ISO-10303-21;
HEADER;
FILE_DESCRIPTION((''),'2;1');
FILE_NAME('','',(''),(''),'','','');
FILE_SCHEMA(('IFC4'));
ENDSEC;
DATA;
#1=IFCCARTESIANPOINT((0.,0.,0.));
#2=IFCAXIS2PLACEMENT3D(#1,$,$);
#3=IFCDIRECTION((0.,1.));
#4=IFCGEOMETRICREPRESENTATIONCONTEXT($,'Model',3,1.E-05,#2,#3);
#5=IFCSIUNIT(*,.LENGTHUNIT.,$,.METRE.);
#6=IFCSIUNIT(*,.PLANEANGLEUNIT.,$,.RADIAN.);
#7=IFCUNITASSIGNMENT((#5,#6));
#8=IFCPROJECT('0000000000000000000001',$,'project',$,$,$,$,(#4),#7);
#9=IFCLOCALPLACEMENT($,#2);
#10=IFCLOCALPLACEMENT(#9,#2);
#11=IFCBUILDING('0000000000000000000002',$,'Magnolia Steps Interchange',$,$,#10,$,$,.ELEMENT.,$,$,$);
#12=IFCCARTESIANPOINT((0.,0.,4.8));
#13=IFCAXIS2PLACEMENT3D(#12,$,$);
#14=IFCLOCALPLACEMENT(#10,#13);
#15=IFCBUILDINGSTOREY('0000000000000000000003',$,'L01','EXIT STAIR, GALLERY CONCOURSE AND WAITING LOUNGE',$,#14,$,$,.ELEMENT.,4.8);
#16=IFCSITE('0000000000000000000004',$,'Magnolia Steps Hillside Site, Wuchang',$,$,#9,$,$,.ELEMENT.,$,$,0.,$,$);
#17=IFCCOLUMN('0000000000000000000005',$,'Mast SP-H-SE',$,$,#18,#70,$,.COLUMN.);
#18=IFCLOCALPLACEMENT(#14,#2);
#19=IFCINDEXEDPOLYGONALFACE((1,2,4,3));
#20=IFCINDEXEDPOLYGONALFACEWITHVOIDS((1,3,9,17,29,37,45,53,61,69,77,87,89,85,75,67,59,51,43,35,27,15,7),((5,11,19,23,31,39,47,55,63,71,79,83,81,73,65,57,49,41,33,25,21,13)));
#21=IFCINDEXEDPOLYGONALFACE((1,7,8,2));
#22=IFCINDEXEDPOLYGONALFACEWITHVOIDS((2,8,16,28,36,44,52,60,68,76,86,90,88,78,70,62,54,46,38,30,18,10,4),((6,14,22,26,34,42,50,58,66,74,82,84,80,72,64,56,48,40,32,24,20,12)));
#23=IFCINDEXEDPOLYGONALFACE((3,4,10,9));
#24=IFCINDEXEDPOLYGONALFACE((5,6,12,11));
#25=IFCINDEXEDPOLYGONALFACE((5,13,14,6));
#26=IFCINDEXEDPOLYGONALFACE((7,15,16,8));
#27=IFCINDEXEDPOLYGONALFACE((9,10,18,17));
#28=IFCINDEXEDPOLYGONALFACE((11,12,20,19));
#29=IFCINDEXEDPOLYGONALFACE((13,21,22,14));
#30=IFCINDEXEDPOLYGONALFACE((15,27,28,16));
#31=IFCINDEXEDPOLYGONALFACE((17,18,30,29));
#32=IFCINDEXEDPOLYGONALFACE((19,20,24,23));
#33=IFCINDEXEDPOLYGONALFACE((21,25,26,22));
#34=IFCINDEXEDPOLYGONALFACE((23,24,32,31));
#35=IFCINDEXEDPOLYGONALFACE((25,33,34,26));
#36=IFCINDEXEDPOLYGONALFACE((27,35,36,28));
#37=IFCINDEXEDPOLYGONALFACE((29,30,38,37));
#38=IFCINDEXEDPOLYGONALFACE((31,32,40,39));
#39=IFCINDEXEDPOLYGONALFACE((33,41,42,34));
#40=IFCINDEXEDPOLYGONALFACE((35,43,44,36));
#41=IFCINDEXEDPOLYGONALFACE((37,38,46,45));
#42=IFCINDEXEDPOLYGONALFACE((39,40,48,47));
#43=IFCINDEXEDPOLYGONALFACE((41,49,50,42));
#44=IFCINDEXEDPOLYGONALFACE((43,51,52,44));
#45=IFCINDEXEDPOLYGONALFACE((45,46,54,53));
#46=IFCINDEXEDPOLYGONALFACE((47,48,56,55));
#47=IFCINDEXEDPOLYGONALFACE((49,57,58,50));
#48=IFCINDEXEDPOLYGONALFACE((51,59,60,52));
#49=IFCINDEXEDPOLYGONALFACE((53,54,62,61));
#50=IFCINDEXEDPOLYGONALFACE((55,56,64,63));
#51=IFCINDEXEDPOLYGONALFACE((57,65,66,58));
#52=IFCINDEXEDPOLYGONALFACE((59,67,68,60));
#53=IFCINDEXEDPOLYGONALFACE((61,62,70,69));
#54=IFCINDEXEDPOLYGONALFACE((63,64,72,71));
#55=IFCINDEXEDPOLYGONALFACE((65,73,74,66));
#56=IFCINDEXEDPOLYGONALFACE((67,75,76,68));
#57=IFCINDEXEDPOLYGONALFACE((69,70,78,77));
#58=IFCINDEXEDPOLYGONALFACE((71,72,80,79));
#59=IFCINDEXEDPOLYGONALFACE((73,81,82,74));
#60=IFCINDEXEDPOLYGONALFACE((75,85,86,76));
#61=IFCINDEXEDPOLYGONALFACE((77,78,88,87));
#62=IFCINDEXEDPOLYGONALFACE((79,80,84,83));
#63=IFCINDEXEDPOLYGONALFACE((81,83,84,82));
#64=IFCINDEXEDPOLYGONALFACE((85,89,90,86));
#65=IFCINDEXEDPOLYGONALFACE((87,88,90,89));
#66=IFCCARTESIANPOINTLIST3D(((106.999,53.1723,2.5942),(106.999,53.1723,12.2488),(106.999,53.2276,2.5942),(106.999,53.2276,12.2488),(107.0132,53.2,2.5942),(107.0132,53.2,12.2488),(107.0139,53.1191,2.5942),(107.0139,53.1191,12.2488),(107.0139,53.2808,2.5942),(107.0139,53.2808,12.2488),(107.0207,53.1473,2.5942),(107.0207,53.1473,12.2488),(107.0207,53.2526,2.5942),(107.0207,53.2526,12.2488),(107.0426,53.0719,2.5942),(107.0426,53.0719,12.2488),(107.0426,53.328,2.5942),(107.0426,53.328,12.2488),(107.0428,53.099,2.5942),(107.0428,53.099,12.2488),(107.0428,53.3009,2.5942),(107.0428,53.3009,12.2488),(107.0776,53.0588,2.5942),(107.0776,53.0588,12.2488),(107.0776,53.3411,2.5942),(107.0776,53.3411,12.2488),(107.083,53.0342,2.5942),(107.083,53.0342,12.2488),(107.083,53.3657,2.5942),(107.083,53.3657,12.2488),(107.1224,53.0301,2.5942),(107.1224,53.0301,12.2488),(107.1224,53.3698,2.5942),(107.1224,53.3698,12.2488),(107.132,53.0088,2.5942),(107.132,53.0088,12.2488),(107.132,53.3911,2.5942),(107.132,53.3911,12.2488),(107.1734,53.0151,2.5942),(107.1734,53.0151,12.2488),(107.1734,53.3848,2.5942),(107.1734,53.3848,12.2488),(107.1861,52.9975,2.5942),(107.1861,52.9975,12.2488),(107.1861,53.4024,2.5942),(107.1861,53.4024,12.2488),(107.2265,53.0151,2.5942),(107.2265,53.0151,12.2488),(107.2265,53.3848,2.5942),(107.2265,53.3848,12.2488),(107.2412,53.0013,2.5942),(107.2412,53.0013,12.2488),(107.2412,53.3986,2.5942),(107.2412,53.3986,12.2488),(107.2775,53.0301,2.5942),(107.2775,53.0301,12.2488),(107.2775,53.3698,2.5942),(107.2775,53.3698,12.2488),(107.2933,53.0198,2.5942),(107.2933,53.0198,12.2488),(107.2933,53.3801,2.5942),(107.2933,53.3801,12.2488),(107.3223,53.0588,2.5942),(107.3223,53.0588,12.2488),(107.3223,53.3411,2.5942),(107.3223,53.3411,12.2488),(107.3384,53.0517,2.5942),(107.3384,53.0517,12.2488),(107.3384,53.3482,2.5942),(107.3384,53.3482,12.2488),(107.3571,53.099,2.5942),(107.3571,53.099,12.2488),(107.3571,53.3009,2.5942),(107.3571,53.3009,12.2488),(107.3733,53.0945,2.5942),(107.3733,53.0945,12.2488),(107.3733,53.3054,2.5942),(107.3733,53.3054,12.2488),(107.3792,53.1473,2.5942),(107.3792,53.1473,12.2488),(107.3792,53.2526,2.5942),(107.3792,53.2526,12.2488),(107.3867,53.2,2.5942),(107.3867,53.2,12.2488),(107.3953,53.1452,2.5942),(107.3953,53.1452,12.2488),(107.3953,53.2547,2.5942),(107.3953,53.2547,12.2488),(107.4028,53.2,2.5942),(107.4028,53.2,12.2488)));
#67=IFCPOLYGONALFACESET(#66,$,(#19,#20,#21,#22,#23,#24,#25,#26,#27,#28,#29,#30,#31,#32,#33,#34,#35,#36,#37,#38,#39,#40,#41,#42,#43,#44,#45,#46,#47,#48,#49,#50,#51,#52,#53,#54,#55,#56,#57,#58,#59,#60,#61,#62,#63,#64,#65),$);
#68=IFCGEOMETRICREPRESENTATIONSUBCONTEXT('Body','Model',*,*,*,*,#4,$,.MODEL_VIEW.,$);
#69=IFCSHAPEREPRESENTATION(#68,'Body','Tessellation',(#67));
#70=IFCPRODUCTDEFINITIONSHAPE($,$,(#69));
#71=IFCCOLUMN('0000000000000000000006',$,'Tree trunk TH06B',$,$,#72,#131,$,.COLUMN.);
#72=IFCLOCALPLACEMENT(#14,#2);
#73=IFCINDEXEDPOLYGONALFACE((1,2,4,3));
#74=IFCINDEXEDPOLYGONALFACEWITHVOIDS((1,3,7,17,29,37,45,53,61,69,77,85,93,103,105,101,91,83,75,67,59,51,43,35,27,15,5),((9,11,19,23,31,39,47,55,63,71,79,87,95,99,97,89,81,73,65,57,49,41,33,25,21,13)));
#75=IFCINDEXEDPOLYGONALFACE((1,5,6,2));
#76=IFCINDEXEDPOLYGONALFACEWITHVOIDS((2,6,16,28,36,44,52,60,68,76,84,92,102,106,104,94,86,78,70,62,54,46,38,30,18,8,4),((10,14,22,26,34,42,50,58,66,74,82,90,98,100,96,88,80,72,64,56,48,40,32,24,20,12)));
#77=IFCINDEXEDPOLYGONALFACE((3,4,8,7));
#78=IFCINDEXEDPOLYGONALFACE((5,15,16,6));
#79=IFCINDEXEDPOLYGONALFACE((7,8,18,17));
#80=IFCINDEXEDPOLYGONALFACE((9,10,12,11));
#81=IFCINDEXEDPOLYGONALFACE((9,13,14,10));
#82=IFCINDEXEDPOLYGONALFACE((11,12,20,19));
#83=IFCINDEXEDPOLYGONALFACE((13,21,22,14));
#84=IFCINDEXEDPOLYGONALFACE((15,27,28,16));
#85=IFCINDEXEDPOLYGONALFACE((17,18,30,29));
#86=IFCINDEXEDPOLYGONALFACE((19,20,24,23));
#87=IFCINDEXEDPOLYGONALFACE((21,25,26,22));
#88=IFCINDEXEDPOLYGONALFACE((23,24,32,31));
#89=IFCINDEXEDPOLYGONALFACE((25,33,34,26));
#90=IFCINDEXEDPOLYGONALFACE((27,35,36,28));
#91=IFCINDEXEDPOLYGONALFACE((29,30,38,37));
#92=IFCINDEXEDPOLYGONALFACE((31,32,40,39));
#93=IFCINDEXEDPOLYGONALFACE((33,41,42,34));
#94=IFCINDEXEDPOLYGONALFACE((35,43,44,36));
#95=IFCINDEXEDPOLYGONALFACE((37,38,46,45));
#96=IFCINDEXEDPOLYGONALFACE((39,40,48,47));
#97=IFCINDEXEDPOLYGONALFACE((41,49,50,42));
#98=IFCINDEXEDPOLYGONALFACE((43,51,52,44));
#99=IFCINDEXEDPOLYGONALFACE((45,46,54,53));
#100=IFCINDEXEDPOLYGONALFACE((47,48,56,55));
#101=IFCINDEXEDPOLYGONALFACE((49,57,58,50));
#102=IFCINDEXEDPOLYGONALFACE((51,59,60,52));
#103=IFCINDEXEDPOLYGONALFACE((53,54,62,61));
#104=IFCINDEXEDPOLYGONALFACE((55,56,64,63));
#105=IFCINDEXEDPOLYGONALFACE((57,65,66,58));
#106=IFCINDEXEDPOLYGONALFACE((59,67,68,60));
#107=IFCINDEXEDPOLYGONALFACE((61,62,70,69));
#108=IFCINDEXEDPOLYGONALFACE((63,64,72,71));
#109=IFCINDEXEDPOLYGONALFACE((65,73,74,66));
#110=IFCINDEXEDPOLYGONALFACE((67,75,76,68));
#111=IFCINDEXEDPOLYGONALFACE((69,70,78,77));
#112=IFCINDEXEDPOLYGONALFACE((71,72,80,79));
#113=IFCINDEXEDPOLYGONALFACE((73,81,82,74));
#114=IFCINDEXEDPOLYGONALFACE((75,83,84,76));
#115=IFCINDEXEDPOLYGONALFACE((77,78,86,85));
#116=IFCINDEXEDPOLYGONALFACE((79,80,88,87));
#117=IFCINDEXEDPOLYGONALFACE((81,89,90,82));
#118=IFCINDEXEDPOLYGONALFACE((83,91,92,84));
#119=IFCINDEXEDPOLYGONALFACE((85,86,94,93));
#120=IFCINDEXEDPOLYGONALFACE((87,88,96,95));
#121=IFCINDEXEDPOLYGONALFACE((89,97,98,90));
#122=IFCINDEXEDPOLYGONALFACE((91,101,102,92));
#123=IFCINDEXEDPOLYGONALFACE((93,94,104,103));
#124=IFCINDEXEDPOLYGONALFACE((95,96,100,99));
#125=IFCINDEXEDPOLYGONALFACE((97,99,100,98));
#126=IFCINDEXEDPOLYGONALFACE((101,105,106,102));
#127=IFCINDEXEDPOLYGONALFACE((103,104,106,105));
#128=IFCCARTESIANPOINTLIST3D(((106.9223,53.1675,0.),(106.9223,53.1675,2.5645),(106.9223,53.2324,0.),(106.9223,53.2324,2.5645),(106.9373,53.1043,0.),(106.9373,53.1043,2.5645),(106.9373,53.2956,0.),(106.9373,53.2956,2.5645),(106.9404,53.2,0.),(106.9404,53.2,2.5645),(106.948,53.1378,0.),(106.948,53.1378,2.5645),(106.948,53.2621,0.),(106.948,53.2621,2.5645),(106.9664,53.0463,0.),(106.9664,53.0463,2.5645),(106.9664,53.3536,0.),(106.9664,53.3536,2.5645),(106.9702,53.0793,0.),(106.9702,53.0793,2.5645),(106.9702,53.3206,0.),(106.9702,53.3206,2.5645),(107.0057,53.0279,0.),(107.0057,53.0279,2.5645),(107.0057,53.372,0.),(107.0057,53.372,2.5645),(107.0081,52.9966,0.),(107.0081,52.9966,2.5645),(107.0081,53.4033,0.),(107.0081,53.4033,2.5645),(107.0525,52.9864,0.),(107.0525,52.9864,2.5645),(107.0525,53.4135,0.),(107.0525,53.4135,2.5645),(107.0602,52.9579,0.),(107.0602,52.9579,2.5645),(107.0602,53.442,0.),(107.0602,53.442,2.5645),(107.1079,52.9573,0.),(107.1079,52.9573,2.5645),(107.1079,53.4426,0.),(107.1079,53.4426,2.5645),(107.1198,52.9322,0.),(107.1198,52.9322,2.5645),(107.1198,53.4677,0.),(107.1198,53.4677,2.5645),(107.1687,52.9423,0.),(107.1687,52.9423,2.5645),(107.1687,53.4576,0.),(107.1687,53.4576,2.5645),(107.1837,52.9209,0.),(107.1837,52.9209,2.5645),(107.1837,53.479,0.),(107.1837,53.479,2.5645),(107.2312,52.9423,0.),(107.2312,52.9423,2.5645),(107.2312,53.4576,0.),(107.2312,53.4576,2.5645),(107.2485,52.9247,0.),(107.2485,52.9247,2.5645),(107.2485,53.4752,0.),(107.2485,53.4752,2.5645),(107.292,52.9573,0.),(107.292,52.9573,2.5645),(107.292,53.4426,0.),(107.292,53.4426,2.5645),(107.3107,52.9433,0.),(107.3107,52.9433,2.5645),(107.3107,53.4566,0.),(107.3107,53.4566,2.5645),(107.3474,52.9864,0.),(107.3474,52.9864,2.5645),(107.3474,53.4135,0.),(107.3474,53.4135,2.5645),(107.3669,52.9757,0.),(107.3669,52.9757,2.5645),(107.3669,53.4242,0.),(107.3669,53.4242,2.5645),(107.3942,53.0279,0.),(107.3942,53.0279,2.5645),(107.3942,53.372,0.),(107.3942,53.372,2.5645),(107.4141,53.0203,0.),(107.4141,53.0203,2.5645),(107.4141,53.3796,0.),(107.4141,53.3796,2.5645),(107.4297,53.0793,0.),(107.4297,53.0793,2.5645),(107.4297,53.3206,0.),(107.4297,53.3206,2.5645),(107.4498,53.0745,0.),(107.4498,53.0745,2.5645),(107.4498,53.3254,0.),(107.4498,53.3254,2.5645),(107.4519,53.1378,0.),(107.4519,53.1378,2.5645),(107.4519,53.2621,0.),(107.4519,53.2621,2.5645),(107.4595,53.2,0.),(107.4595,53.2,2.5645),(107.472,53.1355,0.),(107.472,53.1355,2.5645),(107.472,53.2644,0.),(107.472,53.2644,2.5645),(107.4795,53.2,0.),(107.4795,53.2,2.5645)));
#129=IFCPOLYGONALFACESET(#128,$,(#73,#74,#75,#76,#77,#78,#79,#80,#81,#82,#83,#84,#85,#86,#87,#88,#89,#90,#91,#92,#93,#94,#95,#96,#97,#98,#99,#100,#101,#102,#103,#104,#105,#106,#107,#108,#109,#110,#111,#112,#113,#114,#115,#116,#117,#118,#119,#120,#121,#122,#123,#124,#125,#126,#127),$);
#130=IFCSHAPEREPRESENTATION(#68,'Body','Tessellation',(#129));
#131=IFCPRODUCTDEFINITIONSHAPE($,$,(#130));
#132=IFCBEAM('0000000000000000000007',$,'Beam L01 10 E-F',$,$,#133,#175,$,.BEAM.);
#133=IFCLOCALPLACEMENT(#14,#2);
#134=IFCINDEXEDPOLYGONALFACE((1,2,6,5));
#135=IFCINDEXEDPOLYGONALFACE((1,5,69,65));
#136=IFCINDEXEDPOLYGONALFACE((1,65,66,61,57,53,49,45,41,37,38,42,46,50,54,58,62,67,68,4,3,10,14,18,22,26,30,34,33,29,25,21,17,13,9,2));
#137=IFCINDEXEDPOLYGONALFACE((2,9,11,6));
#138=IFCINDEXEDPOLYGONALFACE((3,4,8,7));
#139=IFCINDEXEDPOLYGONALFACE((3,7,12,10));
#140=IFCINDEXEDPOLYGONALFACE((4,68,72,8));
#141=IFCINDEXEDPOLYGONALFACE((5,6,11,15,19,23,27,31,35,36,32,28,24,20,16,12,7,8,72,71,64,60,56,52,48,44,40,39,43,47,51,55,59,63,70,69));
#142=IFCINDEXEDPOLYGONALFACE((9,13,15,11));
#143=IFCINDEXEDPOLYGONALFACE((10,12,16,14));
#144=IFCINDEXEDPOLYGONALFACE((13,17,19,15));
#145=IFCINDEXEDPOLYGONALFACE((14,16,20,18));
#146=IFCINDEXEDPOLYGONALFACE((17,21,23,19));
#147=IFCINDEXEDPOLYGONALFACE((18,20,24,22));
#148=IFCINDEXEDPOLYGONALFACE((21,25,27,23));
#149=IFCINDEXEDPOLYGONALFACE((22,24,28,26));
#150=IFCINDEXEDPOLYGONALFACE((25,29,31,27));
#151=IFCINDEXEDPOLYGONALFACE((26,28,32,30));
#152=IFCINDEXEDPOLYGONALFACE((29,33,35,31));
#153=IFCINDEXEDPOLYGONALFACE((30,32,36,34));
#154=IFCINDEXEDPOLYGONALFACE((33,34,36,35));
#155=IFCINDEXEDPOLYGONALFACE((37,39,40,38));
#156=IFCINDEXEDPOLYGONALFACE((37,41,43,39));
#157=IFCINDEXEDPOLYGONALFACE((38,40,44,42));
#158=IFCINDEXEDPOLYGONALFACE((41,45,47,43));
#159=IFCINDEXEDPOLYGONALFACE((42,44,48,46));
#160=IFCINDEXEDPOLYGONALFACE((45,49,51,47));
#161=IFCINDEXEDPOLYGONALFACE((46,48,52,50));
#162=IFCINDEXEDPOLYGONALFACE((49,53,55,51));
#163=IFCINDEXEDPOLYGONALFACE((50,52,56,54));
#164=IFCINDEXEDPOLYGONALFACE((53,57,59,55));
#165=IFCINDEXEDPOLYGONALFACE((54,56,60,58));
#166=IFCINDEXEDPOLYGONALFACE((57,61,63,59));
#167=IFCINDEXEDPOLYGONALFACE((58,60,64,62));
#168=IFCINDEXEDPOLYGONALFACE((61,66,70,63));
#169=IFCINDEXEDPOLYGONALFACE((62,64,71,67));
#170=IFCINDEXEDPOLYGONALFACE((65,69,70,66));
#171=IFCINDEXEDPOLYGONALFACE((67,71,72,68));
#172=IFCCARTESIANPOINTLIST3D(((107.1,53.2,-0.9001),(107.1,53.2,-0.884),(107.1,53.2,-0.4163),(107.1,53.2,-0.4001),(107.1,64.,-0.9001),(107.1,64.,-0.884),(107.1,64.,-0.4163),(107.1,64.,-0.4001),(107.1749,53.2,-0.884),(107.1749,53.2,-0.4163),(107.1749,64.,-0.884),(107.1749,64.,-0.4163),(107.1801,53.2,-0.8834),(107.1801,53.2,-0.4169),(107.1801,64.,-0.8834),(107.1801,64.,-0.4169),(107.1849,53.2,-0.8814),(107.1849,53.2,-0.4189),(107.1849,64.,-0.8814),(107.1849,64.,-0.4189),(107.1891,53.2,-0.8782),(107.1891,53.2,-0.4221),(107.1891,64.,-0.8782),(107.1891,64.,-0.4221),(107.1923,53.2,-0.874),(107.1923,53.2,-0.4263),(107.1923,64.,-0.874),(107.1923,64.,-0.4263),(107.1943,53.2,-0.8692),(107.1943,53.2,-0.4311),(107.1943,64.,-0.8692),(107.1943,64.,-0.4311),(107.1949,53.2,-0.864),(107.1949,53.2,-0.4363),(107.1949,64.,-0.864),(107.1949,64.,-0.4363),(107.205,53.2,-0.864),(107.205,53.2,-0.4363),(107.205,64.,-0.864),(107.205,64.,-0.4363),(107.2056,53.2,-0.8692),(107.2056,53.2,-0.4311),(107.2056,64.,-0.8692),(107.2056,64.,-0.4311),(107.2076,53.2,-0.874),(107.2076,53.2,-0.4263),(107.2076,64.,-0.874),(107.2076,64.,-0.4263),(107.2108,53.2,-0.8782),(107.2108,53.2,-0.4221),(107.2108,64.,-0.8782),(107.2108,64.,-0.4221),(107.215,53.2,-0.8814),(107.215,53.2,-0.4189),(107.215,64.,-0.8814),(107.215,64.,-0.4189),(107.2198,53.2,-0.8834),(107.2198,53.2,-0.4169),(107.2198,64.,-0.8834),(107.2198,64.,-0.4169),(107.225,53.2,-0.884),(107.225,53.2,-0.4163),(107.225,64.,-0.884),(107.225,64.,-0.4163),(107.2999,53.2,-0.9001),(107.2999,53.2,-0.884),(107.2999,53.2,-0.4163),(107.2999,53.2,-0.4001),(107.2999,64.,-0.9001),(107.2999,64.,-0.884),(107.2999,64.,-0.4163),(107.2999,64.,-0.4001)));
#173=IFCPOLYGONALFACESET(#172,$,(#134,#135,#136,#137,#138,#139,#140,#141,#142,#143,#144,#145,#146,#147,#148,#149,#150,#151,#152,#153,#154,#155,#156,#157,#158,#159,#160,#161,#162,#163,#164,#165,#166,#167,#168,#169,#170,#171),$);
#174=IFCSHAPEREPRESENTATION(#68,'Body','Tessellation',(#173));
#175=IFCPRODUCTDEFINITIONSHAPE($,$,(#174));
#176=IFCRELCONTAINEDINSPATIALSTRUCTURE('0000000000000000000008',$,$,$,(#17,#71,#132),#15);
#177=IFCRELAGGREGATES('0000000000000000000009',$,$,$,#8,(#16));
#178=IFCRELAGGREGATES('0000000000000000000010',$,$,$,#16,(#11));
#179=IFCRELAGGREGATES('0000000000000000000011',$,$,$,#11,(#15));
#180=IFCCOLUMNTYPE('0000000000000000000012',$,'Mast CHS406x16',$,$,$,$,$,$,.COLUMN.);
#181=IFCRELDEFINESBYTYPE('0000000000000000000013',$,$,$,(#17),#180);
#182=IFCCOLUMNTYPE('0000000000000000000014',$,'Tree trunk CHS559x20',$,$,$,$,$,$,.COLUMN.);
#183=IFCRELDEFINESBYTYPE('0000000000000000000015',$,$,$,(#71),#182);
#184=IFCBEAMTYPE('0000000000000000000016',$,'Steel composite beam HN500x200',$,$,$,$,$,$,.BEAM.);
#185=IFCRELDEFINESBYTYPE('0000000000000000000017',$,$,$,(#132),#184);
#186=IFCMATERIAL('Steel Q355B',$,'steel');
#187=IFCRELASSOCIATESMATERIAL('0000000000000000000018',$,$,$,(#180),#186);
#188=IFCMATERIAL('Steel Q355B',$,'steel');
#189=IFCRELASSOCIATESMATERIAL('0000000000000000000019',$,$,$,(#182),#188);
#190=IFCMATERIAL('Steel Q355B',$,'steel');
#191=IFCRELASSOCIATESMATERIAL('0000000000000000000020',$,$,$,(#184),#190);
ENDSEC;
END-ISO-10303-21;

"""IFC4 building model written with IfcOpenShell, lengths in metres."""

from ifc_helpers import new_model, si_unit, direction, frame, origin, origin_2d, place, context, subcontext, project, spatial, hollow_circle, i_section, extrude, material, material_profile, profile_set, type_object, element, save


model = new_model("IFC4")

# Units and contexts
model_context = context("Model", 3, precision=1e-05, world=origin(), true_north=direction((0.0, 1.0)))
body_context = subcontext(model_context, "Body", "Model", "MODEL_VIEW")
ifc_project = project(units=[si_unit("LENGTHUNIT", "METRE"), si_unit("PLANEANGLEUNIT", "RADIAN")], contexts=[model_context])

# Site, building, storey
site_placement = place(None, origin())
site = spatial("IfcSite", under=ifc_project, at=site_placement, Name="Magnolia Steps Hillside Site, Wuchang", CompositionType="ELEMENT", RefElevation=0.0)
building_placement = place(site_placement, origin())
building = spatial("IfcBuilding", under=site, at=building_placement, Name="Magnolia Steps Interchange", CompositionType="ELEMENT")
storey_placement = place(building_placement, frame((0.0, 0.0, 4.8)))
storey = spatial("IfcBuildingStorey", under=building, at=storey_placement, Name="L01", Description="EXIT STAIR, GALLERY CONCOURSE AND WAITING LOUNGE", CompositionType="ELEMENT", Elevation=4.8)

# Columns
ifc_material_1 = material(Name="Steel Q355B", Category="steel")
ifc_material_profile_1 = material_profile(ifc_material_1, hollow_circle(Radius=0.2029, WallThickness=0.0161, at=origin_2d()), Name="CHS406x16")
ifc_profile_set_1 = profile_set([ifc_material_profile_1], Name="Steel Q355B")
column_type_1 = type_object("IfcColumnType", Name="Mast CHS406x16", PredefinedType="COLUMN", material=ifc_profile_set_1)
column_1_placement = place(storey_placement, frame((107.2, 53.2, 2.5942), z_axis=(0.0, 0.0, 1.0), x_axis=(1.0, 0.0, 0.0)))
element("IfcColumn", 1, at=column_1_placement, inside=storey, type_object=column_type_1, Name="Mast SP-H-SE", PredefinedType="COLUMN", context=body_context, shape_type="SweptSolid", body=[
    extrude(hollow_circle(Radius=0.2029, WallThickness=0.0161, at=origin_2d()), origin(), (0.0, 0.0, 1.0), 9.6545),
])
ifc_material_2 = material(Name="Steel Q355B", Category="steel")
ifc_material_profile_2 = material_profile(ifc_material_2, hollow_circle(Radius=0.2795, WallThickness=0.02, at=origin_2d()), Name="CHS559x20")
ifc_profile_set_2 = profile_set([ifc_material_profile_2], Name="Steel Q355B")
column_type_2 = type_object("IfcColumnType", Name="Tree trunk CHS559x20", PredefinedType="COLUMN", material=ifc_profile_set_2)
column_2_placement = place(storey_placement, frame((107.2, 53.2, 0.0), z_axis=(0.0, 0.0, 1.0), x_axis=(1.0, 0.0, 0.0)))
element("IfcColumn", 2, at=column_2_placement, inside=storey, type_object=column_type_2, Name="Tree trunk TH06B", PredefinedType="COLUMN", context=body_context, shape_type="SweptSolid", body=[
    extrude(hollow_circle(Radius=0.2795, WallThickness=0.02, at=origin_2d()), origin(), (0.0, 0.0, 1.0), 2.5645),
])

# Beam
ifc_material_3 = material(Name="Steel Q355B", Category="steel")
ifc_material_profile_3 = material_profile(ifc_material_3, i_section(OverallWidth=0.2, OverallDepth=0.5, WebThickness=0.01, FlangeThickness=0.0161, FilletRadius=0.02, at=origin_2d()), Name="HN500x200")
ifc_profile_set_3 = profile_set([ifc_material_profile_3], Name="Steel Q355B")
beam_type = type_object("IfcBeamType", Name="Steel composite beam HN500x200", PredefinedType="BEAM", material=ifc_profile_set_3)
beam_placement = place(storey_placement, frame((107.2, 53.2, -0.6501), z_axis=(0.0, 1.0, 0.0), x_axis=(-1.0, 0.0, 0.0)))
element("IfcBeam", 3, at=beam_placement, inside=storey, type_object=beam_type, Name="Beam L01 10 E-F", PredefinedType="BEAM", context=body_context, shape_type="SweptSolid", body=[
    extrude(i_section(OverallWidth=0.2, OverallDepth=0.5, WebThickness=0.01, FlangeThickness=0.0161, FilletRadius=0.02, at=origin_2d()), origin(), (0.0, 0.0, 1.0), 10.8),
])

save(model, "model.ifc")
